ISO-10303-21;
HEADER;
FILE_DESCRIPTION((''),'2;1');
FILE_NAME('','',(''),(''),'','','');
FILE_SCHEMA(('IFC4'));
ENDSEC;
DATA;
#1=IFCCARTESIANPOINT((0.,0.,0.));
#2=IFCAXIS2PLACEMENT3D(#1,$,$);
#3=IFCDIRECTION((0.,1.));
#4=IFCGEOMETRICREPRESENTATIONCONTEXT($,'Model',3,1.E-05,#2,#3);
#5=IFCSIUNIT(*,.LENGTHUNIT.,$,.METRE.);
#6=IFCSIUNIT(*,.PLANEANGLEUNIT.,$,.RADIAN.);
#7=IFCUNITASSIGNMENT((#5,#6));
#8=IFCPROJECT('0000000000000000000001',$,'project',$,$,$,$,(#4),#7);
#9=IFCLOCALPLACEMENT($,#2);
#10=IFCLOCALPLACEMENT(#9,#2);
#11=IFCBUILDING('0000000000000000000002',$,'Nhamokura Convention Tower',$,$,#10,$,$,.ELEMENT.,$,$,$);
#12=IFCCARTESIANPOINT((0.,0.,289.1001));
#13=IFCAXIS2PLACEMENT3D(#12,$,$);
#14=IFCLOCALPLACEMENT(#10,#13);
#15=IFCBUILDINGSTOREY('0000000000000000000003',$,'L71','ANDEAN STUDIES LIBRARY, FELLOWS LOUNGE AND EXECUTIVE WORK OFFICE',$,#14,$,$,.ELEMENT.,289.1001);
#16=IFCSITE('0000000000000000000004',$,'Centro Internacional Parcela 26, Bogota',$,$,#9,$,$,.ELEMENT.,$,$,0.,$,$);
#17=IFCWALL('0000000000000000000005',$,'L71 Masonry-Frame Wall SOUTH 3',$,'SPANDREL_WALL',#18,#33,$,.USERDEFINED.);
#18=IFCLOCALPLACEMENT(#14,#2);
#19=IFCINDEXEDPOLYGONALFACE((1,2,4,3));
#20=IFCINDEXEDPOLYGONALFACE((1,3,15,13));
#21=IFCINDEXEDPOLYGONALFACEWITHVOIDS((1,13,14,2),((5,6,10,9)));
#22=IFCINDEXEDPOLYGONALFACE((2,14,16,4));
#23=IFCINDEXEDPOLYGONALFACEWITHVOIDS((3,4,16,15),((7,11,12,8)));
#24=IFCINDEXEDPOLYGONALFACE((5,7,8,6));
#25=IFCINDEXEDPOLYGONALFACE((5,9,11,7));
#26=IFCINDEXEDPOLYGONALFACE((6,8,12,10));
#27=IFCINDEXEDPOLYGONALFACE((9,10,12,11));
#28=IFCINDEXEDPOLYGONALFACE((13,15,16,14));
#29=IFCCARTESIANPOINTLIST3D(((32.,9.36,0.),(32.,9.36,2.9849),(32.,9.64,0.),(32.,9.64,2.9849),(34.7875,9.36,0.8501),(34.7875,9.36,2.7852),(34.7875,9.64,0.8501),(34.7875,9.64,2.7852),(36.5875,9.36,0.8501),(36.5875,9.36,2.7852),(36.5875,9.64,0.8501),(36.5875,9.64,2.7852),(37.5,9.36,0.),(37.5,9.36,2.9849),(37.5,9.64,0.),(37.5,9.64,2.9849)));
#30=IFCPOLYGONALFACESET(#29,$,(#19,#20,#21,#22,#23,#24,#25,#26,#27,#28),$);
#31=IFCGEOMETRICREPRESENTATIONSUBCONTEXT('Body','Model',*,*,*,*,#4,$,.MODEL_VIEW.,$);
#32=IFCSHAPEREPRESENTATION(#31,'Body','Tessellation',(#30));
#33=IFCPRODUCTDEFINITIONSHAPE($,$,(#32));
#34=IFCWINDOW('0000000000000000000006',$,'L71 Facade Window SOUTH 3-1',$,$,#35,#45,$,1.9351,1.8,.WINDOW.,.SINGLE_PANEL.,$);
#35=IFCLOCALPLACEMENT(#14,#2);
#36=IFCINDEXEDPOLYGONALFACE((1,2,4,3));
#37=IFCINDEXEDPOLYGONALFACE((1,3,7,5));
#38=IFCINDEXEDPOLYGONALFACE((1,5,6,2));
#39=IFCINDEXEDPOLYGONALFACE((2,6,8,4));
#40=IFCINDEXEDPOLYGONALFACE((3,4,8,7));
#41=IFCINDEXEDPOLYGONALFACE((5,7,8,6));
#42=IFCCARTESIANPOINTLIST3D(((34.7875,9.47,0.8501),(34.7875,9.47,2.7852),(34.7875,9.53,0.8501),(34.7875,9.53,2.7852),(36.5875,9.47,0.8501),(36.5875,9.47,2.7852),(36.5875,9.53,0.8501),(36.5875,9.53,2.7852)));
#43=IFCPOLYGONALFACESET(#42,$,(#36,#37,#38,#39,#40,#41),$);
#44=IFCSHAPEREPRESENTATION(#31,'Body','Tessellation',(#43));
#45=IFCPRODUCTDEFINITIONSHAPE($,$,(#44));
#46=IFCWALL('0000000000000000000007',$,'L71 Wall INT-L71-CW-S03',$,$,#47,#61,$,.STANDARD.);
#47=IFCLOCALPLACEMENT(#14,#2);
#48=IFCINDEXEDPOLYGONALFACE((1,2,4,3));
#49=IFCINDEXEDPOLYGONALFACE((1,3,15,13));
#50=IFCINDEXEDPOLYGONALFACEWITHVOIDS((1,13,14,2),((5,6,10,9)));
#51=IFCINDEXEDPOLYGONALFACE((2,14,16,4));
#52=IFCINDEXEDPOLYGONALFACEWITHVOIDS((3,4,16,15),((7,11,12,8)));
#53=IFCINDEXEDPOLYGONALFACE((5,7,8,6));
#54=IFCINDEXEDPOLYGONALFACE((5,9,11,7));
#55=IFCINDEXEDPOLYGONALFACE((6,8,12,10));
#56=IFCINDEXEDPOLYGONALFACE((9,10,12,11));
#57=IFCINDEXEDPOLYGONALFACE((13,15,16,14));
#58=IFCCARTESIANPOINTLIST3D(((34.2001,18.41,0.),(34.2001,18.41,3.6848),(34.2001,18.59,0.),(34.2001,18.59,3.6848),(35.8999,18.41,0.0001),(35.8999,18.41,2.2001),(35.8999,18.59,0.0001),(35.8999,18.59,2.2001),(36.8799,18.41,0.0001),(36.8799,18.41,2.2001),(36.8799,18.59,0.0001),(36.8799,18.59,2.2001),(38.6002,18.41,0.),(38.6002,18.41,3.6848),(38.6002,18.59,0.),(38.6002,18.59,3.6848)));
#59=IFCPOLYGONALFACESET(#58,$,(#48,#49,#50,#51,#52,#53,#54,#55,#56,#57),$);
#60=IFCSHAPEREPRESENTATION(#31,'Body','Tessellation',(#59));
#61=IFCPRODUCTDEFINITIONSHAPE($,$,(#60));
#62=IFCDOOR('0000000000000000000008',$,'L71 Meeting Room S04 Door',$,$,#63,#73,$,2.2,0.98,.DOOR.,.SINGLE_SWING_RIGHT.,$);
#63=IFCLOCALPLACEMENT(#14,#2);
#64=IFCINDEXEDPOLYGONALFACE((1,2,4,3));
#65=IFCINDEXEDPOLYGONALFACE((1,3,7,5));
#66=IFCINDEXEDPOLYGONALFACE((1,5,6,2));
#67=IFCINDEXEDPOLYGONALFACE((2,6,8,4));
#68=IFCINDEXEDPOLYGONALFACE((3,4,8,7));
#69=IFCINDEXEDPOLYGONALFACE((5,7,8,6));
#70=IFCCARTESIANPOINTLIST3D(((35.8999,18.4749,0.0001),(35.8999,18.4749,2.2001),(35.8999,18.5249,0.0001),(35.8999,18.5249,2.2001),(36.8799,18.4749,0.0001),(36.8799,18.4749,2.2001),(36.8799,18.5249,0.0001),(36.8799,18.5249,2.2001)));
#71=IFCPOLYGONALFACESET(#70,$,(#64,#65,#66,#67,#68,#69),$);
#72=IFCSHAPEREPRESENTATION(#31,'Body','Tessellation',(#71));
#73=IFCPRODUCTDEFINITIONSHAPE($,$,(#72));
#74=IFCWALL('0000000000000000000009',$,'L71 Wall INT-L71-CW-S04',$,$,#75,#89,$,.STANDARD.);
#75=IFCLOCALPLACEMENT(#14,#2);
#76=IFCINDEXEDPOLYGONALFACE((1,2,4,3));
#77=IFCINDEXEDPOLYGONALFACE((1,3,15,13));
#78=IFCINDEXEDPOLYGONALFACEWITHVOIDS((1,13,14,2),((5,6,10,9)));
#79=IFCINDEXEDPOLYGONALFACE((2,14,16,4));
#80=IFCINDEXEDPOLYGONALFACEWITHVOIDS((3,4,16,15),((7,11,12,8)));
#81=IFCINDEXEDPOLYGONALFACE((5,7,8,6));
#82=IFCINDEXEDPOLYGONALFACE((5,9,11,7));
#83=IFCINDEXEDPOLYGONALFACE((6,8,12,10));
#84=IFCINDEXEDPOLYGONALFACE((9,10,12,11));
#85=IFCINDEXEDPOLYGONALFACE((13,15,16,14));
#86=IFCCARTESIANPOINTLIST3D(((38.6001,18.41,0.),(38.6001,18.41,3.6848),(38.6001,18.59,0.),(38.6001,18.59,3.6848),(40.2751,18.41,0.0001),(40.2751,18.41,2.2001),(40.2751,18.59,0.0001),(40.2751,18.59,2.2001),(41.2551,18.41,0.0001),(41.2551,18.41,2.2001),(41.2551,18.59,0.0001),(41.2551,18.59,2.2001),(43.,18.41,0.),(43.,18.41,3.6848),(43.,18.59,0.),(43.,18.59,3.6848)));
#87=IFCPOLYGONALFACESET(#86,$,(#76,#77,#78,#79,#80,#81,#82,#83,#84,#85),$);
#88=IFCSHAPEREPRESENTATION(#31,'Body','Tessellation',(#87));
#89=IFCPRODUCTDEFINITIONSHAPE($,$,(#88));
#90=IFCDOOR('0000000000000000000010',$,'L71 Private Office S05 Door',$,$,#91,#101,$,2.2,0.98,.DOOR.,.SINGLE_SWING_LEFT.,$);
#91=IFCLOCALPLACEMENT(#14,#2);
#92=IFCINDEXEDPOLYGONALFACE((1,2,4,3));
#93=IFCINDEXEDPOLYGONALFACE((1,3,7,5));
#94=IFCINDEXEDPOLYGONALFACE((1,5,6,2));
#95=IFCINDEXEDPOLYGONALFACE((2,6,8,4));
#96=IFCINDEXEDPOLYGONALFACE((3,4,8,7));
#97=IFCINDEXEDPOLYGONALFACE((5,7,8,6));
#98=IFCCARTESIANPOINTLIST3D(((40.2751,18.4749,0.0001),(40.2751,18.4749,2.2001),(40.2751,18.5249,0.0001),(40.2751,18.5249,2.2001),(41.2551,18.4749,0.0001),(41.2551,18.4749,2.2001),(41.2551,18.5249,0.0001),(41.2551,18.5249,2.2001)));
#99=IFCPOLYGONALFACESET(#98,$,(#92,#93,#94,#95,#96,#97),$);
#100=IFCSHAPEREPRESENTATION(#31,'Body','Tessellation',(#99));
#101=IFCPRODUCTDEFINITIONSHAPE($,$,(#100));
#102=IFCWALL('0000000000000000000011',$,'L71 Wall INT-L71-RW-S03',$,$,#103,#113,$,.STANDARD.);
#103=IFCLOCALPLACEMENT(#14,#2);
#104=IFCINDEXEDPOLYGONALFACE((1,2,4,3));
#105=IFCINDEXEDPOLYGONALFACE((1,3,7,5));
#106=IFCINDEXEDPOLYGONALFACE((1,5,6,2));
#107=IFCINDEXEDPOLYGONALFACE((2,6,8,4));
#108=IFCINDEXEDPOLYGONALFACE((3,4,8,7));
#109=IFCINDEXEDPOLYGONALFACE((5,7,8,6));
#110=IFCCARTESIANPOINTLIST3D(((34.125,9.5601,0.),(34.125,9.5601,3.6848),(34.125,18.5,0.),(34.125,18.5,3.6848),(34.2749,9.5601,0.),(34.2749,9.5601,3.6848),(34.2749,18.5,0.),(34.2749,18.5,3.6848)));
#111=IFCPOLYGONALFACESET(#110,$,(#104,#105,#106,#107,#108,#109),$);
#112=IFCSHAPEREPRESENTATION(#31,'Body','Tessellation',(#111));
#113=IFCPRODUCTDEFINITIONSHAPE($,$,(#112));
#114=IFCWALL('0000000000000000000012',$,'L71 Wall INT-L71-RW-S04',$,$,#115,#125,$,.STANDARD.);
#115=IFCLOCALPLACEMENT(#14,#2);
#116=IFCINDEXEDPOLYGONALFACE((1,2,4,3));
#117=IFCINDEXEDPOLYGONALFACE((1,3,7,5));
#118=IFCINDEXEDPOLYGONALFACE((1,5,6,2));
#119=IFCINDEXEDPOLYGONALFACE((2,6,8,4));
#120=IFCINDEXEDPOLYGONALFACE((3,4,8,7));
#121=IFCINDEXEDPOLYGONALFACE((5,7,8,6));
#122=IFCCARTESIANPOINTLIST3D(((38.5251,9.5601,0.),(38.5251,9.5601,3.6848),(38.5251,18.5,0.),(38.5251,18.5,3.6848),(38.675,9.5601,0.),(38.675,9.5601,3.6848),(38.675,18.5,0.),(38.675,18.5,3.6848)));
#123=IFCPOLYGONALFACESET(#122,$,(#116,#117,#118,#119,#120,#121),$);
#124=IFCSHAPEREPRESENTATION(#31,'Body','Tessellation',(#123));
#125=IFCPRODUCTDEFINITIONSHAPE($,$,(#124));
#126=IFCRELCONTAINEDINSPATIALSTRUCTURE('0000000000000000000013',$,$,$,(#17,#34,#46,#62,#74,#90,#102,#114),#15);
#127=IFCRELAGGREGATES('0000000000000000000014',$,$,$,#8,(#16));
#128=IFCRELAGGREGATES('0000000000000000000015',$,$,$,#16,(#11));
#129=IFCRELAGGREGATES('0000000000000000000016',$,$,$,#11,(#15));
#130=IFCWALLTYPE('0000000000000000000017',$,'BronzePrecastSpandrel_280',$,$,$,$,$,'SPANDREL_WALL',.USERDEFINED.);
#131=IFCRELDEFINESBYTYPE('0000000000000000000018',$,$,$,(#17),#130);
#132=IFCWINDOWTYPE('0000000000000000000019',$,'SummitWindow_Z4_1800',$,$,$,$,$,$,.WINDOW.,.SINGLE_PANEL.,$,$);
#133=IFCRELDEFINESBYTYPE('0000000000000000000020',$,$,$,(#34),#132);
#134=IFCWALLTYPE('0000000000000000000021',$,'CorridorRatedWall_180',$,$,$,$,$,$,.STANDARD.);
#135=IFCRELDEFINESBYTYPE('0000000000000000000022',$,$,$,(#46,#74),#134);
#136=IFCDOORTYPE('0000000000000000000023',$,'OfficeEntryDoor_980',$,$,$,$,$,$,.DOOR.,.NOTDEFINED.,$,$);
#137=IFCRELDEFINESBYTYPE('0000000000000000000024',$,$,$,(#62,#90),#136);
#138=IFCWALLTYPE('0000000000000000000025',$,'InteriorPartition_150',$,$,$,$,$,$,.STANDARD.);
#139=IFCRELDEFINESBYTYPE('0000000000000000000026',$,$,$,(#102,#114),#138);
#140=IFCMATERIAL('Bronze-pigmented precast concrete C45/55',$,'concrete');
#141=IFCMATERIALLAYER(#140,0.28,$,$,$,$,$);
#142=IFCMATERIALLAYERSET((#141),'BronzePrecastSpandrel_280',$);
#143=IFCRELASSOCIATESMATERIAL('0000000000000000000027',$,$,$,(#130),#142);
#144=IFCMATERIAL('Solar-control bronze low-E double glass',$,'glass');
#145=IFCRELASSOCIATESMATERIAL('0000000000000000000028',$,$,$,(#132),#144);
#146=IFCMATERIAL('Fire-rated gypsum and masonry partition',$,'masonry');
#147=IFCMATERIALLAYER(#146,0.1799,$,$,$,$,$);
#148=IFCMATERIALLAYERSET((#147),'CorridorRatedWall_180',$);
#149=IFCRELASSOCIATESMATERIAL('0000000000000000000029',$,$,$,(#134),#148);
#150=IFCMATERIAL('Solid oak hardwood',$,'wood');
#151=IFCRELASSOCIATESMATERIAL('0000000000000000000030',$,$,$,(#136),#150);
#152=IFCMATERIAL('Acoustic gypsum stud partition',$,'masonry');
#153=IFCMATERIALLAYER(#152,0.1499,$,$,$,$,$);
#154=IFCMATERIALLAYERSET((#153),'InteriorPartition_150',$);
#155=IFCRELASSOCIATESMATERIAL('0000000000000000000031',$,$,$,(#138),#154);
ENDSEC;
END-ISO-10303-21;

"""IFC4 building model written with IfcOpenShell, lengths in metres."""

from ifc_helpers import new_model, si_unit, direction, frame, frame_2d, origin, place, context, subcontext, project, spatial, rectangle, extrude, material, layer, layer_set, type_object, element, fill, save


model = new_model("IFC4")

# Units and contexts
model_context = context("Model", 3, precision=1e-05, world=origin(), true_north=direction((0.0, 1.0)))
body_context = subcontext(model_context, "Body", "Model", "MODEL_VIEW")
ifc_project = project(units=[si_unit("LENGTHUNIT", "METRE"), si_unit("PLANEANGLEUNIT", "RADIAN")], contexts=[model_context])

# Site, building, storey
site_placement = place(None, origin())
site = spatial("IfcSite", under=ifc_project, at=site_placement, Name="Centro Internacional Parcela 26, Bogota", CompositionType="ELEMENT", RefElevation=0.0)
building_placement = place(site_placement, origin())
building = spatial("IfcBuilding", under=site, at=building_placement, Name="Nhamokura Convention Tower", CompositionType="ELEMENT")
storey_placement = place(building_placement, frame((0.0, 0.0, 289.1001)))
storey = spatial("IfcBuildingStorey", under=building, at=storey_placement, Name="L71", Description="ANDEAN STUDIES LIBRARY, FELLOWS LOUNGE AND EXECUTIVE WORK OFFICE", CompositionType="ELEMENT", Elevation=289.1001)

# Wall, opening, window
ifc_material_1 = material(Name="Bronze-pigmented precast concrete C45/55", Category="concrete")
ifc_layer_1 = layer(ifc_material_1, 0.28)
ifc_layer_set_1 = layer_set([ifc_layer_1], Name="BronzePrecastSpandrel_280")
wall_type_1 = type_object("IfcWallType", Name="BronzePrecastSpandrel_280", ElementType="SPANDREL_WALL", PredefinedType="USERDEFINED", material=ifc_layer_set_1)
ifc_material_2 = material(Name="Solar-control bronze low-E double glass", Category="glass")
window_type = type_object("IfcWindowType", Name="SummitWindow_Z4_1800", PartitioningType="SINGLE_PANEL", PredefinedType="WINDOW", material=ifc_material_2)
wall_1_placement = place(storey_placement, frame((37.5, 9.5, 0.0), z_axis=(0.0, 0.0, 1.0), x_axis=(-1.0, 0.0, 0.0)))
wall_1 = element("IfcWall", 1, at=wall_1_placement, inside=storey, type_object=wall_type_1, Name="L71 Masonry-Frame Wall SOUTH 3", ObjectType="SPANDREL_WALL", PredefinedType="USERDEFINED", context=body_context, shape_type="SweptSolid", body=[
    extrude(rectangle(XDim=5.5, YDim=0.28, at=frame_2d((2.75, 0.0))), origin(), (0.0, 0.0, 1.0), 2.9849),
])
opening_1_placement = place(wall_1_placement, frame((0.9126, 0.0, 0.8501)))
opening_1 = element("IfcOpeningElement", 2, at=opening_1_placement, cuts=wall_1, PredefinedType="OPENING", context=body_context, shape_type="SweptSolid", body=[
    extrude(rectangle(XDim=1.8, YDim=1.9351, at=frame_2d((0.8999, 0.9675))), frame((0.0, 0.1499, 0.0), z_axis=(0.0, -1.0, 0.0), x_axis=(1.0, 0.0, 0.0)), (0.0, 0.0, 1.0), 0.3),
])
window_1_placement = place(opening_1_placement, origin())
window_1 = element("IfcWindow", 3, at=window_1_placement, inside=storey, type_object=window_type, Name="L71 Facade Window SOUTH 3-1", OverallHeight=1.9351, OverallWidth=1.8, PartitioningType="SINGLE_PANEL", PredefinedType="WINDOW", context=body_context, shape_type="SweptSolid", body=[
    extrude(rectangle(XDim=1.8, YDim=1.9351, at=frame_2d((0.8999, 0.9675))), frame((0.0, 0.03, 0.0), z_axis=(0.0, -1.0, 0.0), x_axis=(1.0, 0.0, 0.0)), (0.0, 0.0, 1.0), 0.0601),
])
fill(opening_1, window_1)

# Walls, openings, doors
ifc_material_3 = material(Name="Fire-rated gypsum and masonry partition", Category="masonry")
ifc_layer_2 = layer(ifc_material_3, 0.1799)
ifc_layer_set_2 = layer_set([ifc_layer_2], Name="CorridorRatedWall_180")
wall_type_2 = type_object("IfcWallType", Name="CorridorRatedWall_180", PredefinedType="STANDARD", material=ifc_layer_set_2)
wall_2_placement = place(storey_placement, frame((34.2, 18.5, 0.0), z_axis=(0.0, 0.0, 1.0), x_axis=(1.0, 0.0, 0.0)))
wall_2 = element("IfcWall", 4, at=wall_2_placement, inside=storey, type_object=wall_type_2, Name="L71 Wall INT-L71-CW-S03", PredefinedType="STANDARD", context=body_context, shape_type="SweptSolid", body=[
    extrude(rectangle(XDim=4.4001, YDim=0.1799, at=frame_2d((2.2002, 0.0))), origin(), (0.0, 0.0, 1.0), 3.6848),
])
opening_2_placement = place(wall_2_placement, frame((1.7, 0.0, 0.0)))
opening_2 = element("IfcOpeningElement", 5, at=opening_2_placement, cuts=wall_2, PredefinedType="OPENING", context=body_context, shape_type="SweptSolid", body=[
    extrude(rectangle(XDim=0.98, YDim=2.2, at=frame_2d((0.49, 1.1001))), frame((0.0, 0.0999, 0.0), z_axis=(0.0, -1.0, 0.0), x_axis=(1.0, 0.0, 0.0)), (0.0, 0.0, 1.0), 0.2),
])
ifc_material_4 = material(Name="Solid oak hardwood", Category="wood")
door_type = type_object("IfcDoorType", Name="OfficeEntryDoor_980", OperationType="NOTDEFINED", PredefinedType="DOOR", material=ifc_material_4)
door_1_placement = place(opening_2_placement, origin())
door_1 = element("IfcDoor", 6, at=door_1_placement, inside=storey, type_object=door_type, Name="L71 Meeting Room S04 Door", OperationType="SINGLE_SWING_RIGHT", OverallHeight=2.2, OverallWidth=0.98, PredefinedType="DOOR", context=body_context, shape_type="SweptSolid", body=[
    extrude(rectangle(XDim=0.98, YDim=2.2, at=frame_2d((0.49, 1.1001))), frame((0.0, 0.0249, 0.0), z_axis=(0.0, -1.0, 0.0), x_axis=(1.0, 0.0, 0.0)), (0.0, 0.0, 1.0), 0.05),
])
fill(opening_2, door_1)
wall_3_placement = place(storey_placement, frame((38.6001, 18.5, 0.0), z_axis=(0.0, 0.0, 1.0), x_axis=(1.0, 0.0, 0.0)))
wall_3 = element("IfcWall", 7, at=wall_3_placement, inside=storey, type_object=wall_type_2, Name="L71 Wall INT-L71-CW-S04", PredefinedType="STANDARD", context=body_context, shape_type="SweptSolid", body=[
    extrude(rectangle(XDim=4.3999, YDim=0.1799, at=frame_2d((2.2, 0.0))), origin(), (0.0, 0.0, 1.0), 3.6848),
])
opening_3_placement = place(wall_3_placement, frame((1.675, 0.0, 0.0)))
opening_3 = element("IfcOpeningElement", 8, at=opening_3_placement, cuts=wall_3, PredefinedType="OPENING", context=body_context, shape_type="SweptSolid", body=[
    extrude(rectangle(XDim=0.98, YDim=2.2, at=frame_2d((0.49, 1.1001))), frame((0.0, 0.0999, 0.0), z_axis=(0.0, -1.0, 0.0), x_axis=(1.0, 0.0, 0.0)), (0.0, 0.0, 1.0), 0.2),
])
door_2_placement = place(opening_3_placement, origin())
door_2 = element("IfcDoor", 9, at=door_2_placement, inside=storey, type_object=door_type, Name="L71 Private Office S05 Door", OperationType="SINGLE_SWING_LEFT", OverallHeight=2.2, OverallWidth=0.98, PredefinedType="DOOR", context=body_context, shape_type="SweptSolid", body=[
    extrude(rectangle(XDim=0.98, YDim=2.2, at=frame_2d((0.49, 1.1001))), frame((0.0, 0.0249, 0.0), z_axis=(0.0, -1.0, 0.0), x_axis=(1.0, 0.0, 0.0)), (0.0, 0.0, 1.0), 0.05),
])
fill(opening_3, door_2)

# Walls
ifc_material_5 = material(Name="Acoustic gypsum stud partition", Category="masonry")
ifc_layer_3 = layer(ifc_material_5, 0.1499)
ifc_layer_set_3 = layer_set([ifc_layer_3], Name="InteriorPartition_150")
wall_type_3 = type_object("IfcWallType", Name="InteriorPartition_150", PredefinedType="STANDARD", material=ifc_layer_set_3)
for number, where, z_axis, x_axis, name in (
    (10, (34.2, 9.5601, 0.0), (0.0, 0.0, 1.0), (0.0, 1.0, 0.0), "L71 Wall INT-L71-RW-S03"),
    (11, (38.6001, 9.5601, 0.0), (0.0, 0.0, 1.0), (0.0, 1.0, 0.0), "L71 Wall INT-L71-RW-S04"),
):
    element("IfcWall", number, at=place(storey_placement, frame(where, z_axis=z_axis, x_axis=x_axis)), inside=storey, type_object=wall_type_3, Name=name, PredefinedType="STANDARD", context=body_context, shape_type="SweptSolid", body=[
        extrude(rectangle(XDim=8.9399, YDim=0.1499, at=frame_2d((4.47, 0.0))), origin(), (0.0, 0.0, 1.0), 3.6848),
    ])

save(model, "model.ifc")
